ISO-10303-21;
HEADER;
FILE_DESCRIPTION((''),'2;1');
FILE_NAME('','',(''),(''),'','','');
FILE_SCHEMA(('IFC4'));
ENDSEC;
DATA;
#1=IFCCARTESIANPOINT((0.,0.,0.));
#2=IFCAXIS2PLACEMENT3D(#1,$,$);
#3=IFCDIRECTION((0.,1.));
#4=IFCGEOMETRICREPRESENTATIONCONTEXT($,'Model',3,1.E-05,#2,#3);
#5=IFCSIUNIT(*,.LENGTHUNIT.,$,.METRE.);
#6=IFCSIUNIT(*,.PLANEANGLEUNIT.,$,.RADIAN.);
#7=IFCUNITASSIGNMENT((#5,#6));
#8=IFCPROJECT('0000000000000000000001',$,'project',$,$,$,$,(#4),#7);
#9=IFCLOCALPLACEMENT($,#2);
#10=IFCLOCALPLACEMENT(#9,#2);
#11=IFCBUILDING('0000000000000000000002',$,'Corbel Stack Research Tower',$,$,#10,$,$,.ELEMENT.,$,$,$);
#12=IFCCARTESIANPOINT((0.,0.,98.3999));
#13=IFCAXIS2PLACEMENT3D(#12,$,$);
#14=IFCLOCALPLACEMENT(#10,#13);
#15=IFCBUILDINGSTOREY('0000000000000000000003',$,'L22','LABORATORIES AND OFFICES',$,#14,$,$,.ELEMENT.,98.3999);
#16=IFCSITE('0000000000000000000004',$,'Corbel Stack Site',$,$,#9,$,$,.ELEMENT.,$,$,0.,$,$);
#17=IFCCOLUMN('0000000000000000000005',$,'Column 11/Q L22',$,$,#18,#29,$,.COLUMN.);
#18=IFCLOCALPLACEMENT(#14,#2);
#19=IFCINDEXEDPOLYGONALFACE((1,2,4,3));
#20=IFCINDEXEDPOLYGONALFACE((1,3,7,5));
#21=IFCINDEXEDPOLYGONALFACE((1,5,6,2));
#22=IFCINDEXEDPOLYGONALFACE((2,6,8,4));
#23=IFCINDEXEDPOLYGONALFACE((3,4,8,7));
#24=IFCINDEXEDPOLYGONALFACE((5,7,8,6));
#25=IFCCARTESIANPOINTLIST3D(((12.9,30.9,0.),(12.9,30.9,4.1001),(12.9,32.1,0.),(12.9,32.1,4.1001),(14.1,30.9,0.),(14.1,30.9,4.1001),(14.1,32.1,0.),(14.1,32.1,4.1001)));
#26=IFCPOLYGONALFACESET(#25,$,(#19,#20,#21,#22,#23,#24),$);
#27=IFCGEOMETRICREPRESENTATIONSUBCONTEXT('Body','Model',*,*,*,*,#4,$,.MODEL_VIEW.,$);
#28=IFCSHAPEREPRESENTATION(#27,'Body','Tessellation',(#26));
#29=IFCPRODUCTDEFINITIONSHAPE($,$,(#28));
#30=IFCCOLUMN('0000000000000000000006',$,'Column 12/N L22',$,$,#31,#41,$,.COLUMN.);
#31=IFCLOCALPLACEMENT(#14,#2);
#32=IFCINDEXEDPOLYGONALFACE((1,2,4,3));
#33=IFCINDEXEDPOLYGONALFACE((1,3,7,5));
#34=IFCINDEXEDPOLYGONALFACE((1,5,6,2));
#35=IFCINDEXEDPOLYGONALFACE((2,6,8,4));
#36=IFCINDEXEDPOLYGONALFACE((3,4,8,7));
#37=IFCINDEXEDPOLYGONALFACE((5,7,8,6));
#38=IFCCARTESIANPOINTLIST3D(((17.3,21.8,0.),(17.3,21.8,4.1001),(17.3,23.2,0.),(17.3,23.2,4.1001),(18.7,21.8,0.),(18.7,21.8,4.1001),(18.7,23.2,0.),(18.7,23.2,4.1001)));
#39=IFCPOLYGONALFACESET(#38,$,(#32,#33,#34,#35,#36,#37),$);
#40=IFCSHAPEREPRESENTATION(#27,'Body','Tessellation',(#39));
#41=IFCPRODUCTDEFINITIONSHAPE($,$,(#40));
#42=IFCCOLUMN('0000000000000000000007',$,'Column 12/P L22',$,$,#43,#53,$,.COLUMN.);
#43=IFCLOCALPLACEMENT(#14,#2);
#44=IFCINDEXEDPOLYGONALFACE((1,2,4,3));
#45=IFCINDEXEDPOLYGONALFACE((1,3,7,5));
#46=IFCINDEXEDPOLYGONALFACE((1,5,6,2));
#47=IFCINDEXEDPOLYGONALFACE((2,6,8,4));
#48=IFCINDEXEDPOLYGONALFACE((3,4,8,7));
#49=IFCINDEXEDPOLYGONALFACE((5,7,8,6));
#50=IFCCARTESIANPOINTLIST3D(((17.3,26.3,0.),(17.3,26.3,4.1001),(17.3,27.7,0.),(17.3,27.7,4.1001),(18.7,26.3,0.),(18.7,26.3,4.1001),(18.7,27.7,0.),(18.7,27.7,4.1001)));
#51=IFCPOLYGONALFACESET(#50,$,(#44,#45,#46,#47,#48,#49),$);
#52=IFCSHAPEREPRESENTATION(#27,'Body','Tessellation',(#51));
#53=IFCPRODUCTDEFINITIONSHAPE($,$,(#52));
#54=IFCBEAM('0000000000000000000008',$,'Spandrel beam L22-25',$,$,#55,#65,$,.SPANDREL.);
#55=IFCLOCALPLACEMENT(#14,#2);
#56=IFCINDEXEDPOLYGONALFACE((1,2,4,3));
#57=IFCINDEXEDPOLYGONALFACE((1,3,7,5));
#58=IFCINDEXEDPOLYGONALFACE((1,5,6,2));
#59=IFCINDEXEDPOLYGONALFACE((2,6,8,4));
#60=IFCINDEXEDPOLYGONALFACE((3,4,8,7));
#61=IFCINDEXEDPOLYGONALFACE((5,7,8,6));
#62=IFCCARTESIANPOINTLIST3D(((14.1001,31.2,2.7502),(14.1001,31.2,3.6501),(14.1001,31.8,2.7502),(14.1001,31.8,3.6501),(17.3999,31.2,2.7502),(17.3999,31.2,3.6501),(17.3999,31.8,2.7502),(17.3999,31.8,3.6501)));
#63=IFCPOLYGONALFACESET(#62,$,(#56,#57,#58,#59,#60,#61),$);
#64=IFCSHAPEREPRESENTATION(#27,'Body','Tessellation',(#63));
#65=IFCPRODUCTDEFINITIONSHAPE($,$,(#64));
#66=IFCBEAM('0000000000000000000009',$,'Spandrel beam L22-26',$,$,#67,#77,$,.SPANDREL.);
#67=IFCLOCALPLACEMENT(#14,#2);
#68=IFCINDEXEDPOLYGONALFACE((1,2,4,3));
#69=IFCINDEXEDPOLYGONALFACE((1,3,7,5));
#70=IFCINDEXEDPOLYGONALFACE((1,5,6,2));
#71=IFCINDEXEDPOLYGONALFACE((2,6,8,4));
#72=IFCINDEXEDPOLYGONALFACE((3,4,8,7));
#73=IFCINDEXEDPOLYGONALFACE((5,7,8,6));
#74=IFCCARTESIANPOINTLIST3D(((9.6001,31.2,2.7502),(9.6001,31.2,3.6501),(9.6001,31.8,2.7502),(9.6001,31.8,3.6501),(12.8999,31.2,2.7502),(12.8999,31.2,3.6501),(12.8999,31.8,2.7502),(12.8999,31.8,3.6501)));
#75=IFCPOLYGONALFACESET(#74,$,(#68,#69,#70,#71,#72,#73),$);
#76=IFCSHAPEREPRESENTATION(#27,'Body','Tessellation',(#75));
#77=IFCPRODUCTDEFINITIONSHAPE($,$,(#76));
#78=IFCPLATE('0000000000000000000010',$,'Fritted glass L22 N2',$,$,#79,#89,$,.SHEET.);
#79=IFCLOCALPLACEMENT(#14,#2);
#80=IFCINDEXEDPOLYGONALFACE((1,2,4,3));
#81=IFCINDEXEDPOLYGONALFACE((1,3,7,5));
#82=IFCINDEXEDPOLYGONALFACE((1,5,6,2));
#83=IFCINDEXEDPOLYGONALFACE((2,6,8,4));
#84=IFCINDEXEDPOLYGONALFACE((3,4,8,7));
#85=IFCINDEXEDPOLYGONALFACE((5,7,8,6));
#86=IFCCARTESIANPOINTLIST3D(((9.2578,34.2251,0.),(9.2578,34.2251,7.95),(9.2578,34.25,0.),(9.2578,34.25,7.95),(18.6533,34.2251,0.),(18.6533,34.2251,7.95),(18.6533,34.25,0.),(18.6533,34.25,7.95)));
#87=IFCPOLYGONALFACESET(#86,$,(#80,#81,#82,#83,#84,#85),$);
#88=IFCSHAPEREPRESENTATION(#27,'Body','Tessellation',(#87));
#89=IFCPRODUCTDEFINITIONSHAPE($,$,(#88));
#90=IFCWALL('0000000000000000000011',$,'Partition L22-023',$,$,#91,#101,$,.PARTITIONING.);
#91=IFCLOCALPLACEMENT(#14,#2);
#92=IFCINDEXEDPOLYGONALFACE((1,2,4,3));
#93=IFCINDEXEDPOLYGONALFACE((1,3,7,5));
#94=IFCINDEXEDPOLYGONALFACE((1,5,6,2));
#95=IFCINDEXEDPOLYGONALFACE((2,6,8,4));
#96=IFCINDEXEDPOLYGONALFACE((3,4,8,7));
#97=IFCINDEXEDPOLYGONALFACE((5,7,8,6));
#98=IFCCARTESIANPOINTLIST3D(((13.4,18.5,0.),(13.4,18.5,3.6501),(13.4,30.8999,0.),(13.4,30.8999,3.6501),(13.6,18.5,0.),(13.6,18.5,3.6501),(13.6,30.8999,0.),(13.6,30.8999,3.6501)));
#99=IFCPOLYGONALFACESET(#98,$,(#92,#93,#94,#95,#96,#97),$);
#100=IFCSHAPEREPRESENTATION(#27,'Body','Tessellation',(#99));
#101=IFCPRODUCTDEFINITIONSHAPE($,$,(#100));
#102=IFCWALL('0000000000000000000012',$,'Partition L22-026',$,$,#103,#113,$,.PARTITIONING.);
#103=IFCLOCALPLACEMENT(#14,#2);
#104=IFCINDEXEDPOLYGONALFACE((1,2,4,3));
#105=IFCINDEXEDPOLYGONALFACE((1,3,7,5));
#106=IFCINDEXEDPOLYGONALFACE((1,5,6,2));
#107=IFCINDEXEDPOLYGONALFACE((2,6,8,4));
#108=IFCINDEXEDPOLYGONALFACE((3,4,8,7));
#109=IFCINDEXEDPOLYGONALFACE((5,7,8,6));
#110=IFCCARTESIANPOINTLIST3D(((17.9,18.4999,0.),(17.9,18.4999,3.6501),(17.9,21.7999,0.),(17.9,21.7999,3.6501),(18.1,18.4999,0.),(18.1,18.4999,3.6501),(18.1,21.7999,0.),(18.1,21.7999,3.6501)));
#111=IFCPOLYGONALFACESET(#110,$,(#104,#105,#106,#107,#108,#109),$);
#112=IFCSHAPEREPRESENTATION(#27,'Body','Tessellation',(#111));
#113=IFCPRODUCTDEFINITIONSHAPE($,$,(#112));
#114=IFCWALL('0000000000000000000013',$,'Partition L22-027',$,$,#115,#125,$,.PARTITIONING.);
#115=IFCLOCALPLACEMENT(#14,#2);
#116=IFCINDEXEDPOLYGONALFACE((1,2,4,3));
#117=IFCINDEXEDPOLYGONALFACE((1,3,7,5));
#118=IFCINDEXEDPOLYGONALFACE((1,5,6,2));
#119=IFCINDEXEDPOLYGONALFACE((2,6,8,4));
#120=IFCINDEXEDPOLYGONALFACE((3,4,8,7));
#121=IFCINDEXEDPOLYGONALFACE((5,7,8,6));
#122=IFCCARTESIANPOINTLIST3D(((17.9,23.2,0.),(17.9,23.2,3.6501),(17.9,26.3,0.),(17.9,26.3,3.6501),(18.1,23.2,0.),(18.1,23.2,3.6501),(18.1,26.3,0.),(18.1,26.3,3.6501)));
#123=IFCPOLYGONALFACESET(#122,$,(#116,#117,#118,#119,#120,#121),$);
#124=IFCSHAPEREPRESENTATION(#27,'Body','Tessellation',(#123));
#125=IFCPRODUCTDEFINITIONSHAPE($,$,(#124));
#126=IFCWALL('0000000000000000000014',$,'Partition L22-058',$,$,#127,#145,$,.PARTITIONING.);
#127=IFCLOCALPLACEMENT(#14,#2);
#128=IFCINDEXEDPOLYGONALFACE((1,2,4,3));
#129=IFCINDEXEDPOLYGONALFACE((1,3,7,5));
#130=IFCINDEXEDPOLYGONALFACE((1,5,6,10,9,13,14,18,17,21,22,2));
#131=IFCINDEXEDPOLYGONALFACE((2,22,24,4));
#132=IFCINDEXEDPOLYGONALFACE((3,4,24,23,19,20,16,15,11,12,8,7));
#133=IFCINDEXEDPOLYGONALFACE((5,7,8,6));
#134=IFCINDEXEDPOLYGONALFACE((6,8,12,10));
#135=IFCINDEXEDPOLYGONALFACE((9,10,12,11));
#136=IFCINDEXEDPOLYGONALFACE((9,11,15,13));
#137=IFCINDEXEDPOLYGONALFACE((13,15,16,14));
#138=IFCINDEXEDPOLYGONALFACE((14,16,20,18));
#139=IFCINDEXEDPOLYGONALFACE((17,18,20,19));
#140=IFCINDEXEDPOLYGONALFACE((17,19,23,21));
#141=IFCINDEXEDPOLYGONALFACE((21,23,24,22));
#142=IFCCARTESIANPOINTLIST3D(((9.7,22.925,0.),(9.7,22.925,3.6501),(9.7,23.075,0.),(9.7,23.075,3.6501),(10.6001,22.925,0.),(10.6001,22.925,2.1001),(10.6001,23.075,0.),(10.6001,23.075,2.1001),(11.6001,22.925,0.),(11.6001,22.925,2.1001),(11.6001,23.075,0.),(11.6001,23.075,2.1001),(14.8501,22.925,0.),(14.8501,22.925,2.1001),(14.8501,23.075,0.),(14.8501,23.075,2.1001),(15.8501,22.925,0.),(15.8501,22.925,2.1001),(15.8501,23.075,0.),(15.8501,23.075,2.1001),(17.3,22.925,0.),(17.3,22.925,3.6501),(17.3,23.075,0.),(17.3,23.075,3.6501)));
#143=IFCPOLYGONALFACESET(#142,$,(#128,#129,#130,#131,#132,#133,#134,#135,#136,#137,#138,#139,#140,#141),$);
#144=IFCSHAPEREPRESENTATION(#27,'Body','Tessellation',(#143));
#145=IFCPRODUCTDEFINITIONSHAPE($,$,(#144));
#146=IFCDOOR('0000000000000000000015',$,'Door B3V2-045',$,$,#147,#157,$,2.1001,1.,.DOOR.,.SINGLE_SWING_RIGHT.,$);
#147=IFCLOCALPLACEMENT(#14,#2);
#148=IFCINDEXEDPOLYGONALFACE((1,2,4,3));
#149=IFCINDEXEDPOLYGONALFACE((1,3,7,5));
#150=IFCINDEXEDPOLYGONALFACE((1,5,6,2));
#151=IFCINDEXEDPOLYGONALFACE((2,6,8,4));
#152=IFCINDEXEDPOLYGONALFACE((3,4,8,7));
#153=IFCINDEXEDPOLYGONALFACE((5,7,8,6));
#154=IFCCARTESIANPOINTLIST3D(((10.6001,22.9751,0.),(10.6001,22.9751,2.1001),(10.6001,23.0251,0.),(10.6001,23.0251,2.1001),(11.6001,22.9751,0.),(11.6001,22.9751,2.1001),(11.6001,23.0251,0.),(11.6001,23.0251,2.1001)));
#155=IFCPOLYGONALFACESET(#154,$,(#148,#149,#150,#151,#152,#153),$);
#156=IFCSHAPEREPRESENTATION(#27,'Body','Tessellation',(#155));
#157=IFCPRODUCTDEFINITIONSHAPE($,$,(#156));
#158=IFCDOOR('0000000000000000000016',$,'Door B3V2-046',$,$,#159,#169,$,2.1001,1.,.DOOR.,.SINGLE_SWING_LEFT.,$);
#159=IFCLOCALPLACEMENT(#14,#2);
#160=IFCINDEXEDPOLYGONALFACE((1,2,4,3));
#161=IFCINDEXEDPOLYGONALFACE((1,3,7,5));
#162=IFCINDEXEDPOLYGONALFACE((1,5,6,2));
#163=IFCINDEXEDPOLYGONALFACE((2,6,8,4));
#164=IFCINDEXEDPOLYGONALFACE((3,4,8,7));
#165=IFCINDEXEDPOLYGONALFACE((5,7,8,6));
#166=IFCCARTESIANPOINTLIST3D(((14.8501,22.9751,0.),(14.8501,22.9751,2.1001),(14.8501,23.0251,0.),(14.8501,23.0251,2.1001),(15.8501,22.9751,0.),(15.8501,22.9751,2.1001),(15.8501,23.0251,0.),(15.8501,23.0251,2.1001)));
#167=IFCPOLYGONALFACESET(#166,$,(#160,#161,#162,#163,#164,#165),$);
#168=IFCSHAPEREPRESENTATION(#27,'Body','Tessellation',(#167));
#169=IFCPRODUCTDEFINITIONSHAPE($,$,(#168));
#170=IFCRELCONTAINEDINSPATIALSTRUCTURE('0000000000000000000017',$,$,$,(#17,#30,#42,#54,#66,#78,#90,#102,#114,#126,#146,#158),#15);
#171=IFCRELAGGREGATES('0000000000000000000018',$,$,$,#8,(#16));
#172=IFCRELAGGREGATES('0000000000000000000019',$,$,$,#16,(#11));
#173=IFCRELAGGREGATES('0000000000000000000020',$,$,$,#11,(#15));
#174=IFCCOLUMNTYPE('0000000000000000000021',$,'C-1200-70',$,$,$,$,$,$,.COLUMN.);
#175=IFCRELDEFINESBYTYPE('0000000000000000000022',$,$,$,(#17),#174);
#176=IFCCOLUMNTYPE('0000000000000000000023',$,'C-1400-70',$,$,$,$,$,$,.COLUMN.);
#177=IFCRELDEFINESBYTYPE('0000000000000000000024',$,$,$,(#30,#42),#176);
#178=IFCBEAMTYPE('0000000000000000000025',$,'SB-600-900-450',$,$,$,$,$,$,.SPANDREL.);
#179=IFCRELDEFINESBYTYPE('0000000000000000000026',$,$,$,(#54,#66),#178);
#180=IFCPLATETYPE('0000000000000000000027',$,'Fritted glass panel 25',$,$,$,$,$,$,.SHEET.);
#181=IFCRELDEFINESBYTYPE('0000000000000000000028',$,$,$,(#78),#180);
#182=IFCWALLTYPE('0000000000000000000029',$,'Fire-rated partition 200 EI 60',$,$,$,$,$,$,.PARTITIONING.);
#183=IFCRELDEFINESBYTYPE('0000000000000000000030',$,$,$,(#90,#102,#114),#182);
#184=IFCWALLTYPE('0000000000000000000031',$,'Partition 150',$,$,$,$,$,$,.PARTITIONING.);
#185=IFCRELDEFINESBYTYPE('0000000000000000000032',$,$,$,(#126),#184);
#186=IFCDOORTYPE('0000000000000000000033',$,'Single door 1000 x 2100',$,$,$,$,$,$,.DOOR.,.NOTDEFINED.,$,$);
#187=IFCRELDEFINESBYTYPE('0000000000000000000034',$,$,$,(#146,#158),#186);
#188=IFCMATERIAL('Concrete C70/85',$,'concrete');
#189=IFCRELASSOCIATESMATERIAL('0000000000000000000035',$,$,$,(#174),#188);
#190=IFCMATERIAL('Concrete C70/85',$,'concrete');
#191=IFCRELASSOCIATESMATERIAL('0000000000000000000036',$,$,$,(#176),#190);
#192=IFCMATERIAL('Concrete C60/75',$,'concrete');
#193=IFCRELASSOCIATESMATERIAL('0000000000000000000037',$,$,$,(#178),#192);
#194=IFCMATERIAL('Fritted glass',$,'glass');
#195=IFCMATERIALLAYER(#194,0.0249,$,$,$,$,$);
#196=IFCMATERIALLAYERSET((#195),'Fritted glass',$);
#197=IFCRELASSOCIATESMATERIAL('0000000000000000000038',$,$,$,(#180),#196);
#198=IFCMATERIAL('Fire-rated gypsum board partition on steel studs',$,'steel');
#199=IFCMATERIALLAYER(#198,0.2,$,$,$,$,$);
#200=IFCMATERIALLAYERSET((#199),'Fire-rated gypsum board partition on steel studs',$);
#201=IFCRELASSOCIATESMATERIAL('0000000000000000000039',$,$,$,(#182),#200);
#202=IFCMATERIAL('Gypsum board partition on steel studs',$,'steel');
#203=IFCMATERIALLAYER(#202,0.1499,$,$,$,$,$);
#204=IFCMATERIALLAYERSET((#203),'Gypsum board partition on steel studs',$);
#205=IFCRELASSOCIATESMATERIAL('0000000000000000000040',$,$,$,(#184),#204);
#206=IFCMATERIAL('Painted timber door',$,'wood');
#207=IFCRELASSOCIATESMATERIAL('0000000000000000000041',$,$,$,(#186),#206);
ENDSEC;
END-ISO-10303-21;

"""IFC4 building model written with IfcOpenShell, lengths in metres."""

from ifc_helpers import new_model, si_unit, direction, frame, frame_2d, origin, origin_2d, place, context, subcontext, project, spatial, rectangle, extrude, material, layer, layer_set, material_profile, profile_set, type_object, element, fill, save


model = new_model("IFC4")

# Units and contexts
model_context = context("Model", 3, precision=1e-05, world=origin(), true_north=direction((0.0, 1.0)))
body_context = subcontext(model_context, "Body", "Model", "MODEL_VIEW")
ifc_project = project(units=[si_unit("LENGTHUNIT", "METRE"), si_unit("PLANEANGLEUNIT", "RADIAN")], contexts=[model_context])

# Site, building, storey
site_placement = place(None, origin())
site = spatial("IfcSite", under=ifc_project, at=site_placement, Name="Corbel Stack Site", CompositionType="ELEMENT", RefElevation=0.0)
building_placement = place(site_placement, origin())
building = spatial("IfcBuilding", under=site, at=building_placement, Name="Corbel Stack Research Tower", CompositionType="ELEMENT")
storey_placement = place(building_placement, frame((0.0, 0.0, 98.3999)))
storey = spatial("IfcBuildingStorey", under=building, at=storey_placement, Name="L22", Description="LABORATORIES AND OFFICES", CompositionType="ELEMENT", Elevation=98.3999)

# Columns
ifc_material_1 = material(Name="Concrete C70/85", Category="concrete")
ifc_material_profile_1 = material_profile(ifc_material_1, rectangle(XDim=1.2, YDim=1.2, at=origin_2d()), Name="RC 1200 x 1200")
ifc_profile_set_1 = profile_set([ifc_material_profile_1], Name="Concrete C70/85")
column_type_1 = type_object("IfcColumnType", Name="C-1200-70", PredefinedType="COLUMN", material=ifc_profile_set_1)
column_placement = place(storey_placement, frame((13.5, 31.5, 0.0), z_axis=(0.0, 0.0, 1.0), x_axis=(1.0, 0.0, 0.0)))
element("IfcColumn", 1, at=column_placement, inside=storey, type_object=column_type_1, Name="Column 11/Q L22", PredefinedType="COLUMN", context=body_context, shape_type="SweptSolid", body=[
    extrude(rectangle(XDim=1.2, YDim=1.2, at=origin_2d()), origin(), (0.0, 0.0, 1.0), 4.1001),
])
ifc_material_2 = material(Name="Concrete C70/85", Category="concrete")
ifc_material_profile_2 = material_profile(ifc_material_2, rectangle(XDim=1.3999, YDim=1.3999, at=origin_2d()), Name="RC 1400 x 1400")
ifc_profile_set_2 = profile_set([ifc_material_profile_2], Name="Concrete C70/85")
column_type_2 = type_object("IfcColumnType", Name="C-1400-70", PredefinedType="COLUMN", material=ifc_profile_set_2)
for number, where, z_axis, x_axis, name in (
    (2, (18.0, 22.5, 0.0), (0.0, 0.0, 1.0), (1.0, 0.0, 0.0), "Column 12/N L22"),
    (3, (18.0, 27.0, 0.0), (0.0, 0.0, 1.0), (1.0, 0.0, 0.0), "Column 12/P L22"),
):
    element("IfcColumn", number, at=place(storey_placement, frame(where, z_axis=z_axis, x_axis=x_axis)), inside=storey, type_object=column_type_2, Name=name, PredefinedType="COLUMN", context=body_context, shape_type="SweptSolid", body=[
        extrude(rectangle(XDim=1.3999, YDim=1.3999, at=origin_2d()), origin(), (0.0, 0.0, 1.0), 4.1001),
    ])

# Beams
ifc_material_3 = material(Name="Concrete C60/75", Category="concrete")
ifc_material_profile_3 = material_profile(ifc_material_3, rectangle(XDim=0.6001, YDim=0.8999, at=origin_2d()), Name="RC 600 x 900")
ifc_profile_set_3 = profile_set([ifc_material_profile_3], Name="Concrete C60/75")
beam_type = type_object("IfcBeamType", Name="SB-600-900-450", PredefinedType="SPANDREL", material=ifc_profile_set_3)
for number, where, z_axis, x_axis, name in (
    (4, (17.3999, 31.5, 3.2002), (-1.0, 0.0, 0.0), (0.0, -1.0, 0.0), "Spandrel beam L22-25"),
    (5, (12.8999, 31.5, 3.2002), (-1.0, 0.0, 0.0), (0.0, -1.0, 0.0), "Spandrel beam L22-26"),
):
    element("IfcBeam", number, at=place(storey_placement, frame(where, z_axis=z_axis, x_axis=x_axis)), inside=storey, type_object=beam_type, Name=name, PredefinedType="SPANDREL", context=body_context, shape_type="SweptSolid", body=[
        extrude(rectangle(XDim=0.6001, YDim=0.8999, at=origin_2d()), origin(), (0.0, 0.0, 1.0), 3.2998),
    ])

# Plate
ifc_material_4 = material(Name="Fritted glass", Category="glass")
ifc_layer_1 = layer(ifc_material_4, 0.0249)
ifc_layer_set_1 = layer_set([ifc_layer_1], Name="Fritted glass")
plate_type = type_object("IfcPlateType", Name="Fritted glass panel 25", PredefinedType="SHEET", material=ifc_layer_set_1)
plate_placement = place(storey_placement, frame((13.9556, 34.2375, 0.0), z_axis=(0.0, 0.0, 1.0), x_axis=(-1.0, 0.0, 0.0)))
element("IfcPlate", 6, at=plate_placement, inside=storey, type_object=plate_type, Name="Fritted glass L22 N2", PredefinedType="SHEET", context=body_context, shape_type="SweptSolid", body=[
    extrude(rectangle(XDim=9.3955, YDim=0.0249, at=origin_2d()), origin(), (0.0, 0.0, 1.0), 7.95),
])

# Walls
ifc_material_5 = material(Name="Fire-rated gypsum board partition on steel studs", Category="steel")
ifc_layer_2 = layer(ifc_material_5, 0.2)
ifc_layer_set_2 = layer_set([ifc_layer_2], Name="Fire-rated gypsum board partition on steel studs")
wall_type_1 = type_object("IfcWallType", Name="Fire-rated partition 200 EI 60", PredefinedType="PARTITIONING", material=ifc_layer_set_2)
wall_1_placement = place(storey_placement, frame((13.5, 18.5, 0.0), z_axis=(0.0, 0.0, 1.0), x_axis=(0.0, 1.0, 0.0)))
element("IfcWall", 7, at=wall_1_placement, inside=storey, type_object=wall_type_1, Name="Partition L22-023", PredefinedType="PARTITIONING", context=body_context, shape_type="SweptSolid", body=[
    extrude(rectangle(XDim=12.3999, YDim=0.2, at=frame_2d((6.2, 0.0))), origin(), (0.0, 0.0, 1.0), 3.6501),
])
wall_2_placement = place(storey_placement, frame((18.0, 18.5, 0.0), z_axis=(0.0, 0.0, 1.0), x_axis=(0.0, 1.0, 0.0)))
element("IfcWall", 8, at=wall_2_placement, inside=storey, type_object=wall_type_1, Name="Partition L22-026", PredefinedType="PARTITIONING", context=body_context, shape_type="SweptSolid", body=[
    extrude(rectangle(XDim=3.3, YDim=0.2, at=frame_2d((1.6499, 0.0))), origin(), (0.0, 0.0, 1.0), 3.6501),
])
wall_3_placement = place(storey_placement, frame((18.0, 23.2, 0.0), z_axis=(0.0, 0.0, 1.0), x_axis=(0.0, 1.0, 0.0)))
element("IfcWall", 9, at=wall_3_placement, inside=storey, type_object=wall_type_1, Name="Partition L22-027", PredefinedType="PARTITIONING", context=body_context, shape_type="SweptSolid", body=[
    extrude(rectangle(XDim=3.1001, YDim=0.2, at=frame_2d((1.55, 0.0))), origin(), (0.0, 0.0, 1.0), 3.6501),
])

# Wall, openings, doors
ifc_material_6 = material(Name="Gypsum board partition on steel studs", Category="steel")
ifc_layer_3 = layer(ifc_material_6, 0.1499)
ifc_layer_set_3 = layer_set([ifc_layer_3], Name="Gypsum board partition on steel studs")
wall_type_2 = type_object("IfcWallType", Name="Partition 150", PredefinedType="PARTITIONING", material=ifc_layer_set_3)
wall_4_placement = place(storey_placement, frame((17.3, 23.0, 0.0), z_axis=(0.0, 0.0, 1.0), x_axis=(-1.0, 0.0, 0.0)))
wall_4 = element("IfcWall", 10, at=wall_4_placement, inside=storey, type_object=wall_type_2, Name="Partition L22-058", PredefinedType="PARTITIONING", context=body_context, shape_type="SweptSolid", body=[
    extrude(rectangle(XDim=7.6001, YDim=0.1499, at=frame_2d((3.8, 0.0))), origin(), (0.0, 0.0, 1.0), 3.6501),
])
opening_1_placement = place(wall_4_placement, frame((5.7, 0.0, 0.0)))
opening_1 = element("IfcOpeningElement", 11, at=opening_1_placement, cuts=wall_4, PredefinedType="OPENING", context=body_context, shape_type="SweptSolid", body=[
    extrude(rectangle(XDim=1.0, YDim=2.1001, at=frame_2d((0.5, 1.05))), frame((0.0, 0.085, 0.0), z_axis=(0.0, -1.0, 0.0), x_axis=(1.0, 0.0, 0.0)), (0.0, 0.0, 1.0), 0.1699),
])
opening_2_placement = place(wall_4_placement, frame((1.45, 0.0, 0.0)))
opening_2 = element("IfcOpeningElement", 12, at=opening_2_placement, cuts=wall_4, PredefinedType="OPENING", context=body_context, shape_type="SweptSolid", body=[
    extrude(rectangle(XDim=1.0, YDim=2.1001, at=frame_2d((0.5, 1.05))), frame((0.0, 0.085, 0.0), z_axis=(0.0, -1.0, 0.0), x_axis=(1.0, 0.0, 0.0)), (0.0, 0.0, 1.0), 0.1699),
])
ifc_material_7 = material(Name="Painted timber door", Category="wood")
door_type = type_object("IfcDoorType", Name="Single door 1000 x 2100", OperationType="NOTDEFINED", PredefinedType="DOOR", material=ifc_material_7)
door_1_placement = place(opening_1_placement, origin())
door_1 = element("IfcDoor", 13, at=door_1_placement, inside=storey, type_object=door_type, Name="Door B3V2-045", OperationType="SINGLE_SWING_RIGHT", OverallHeight=2.1001, OverallWidth=1.0, PredefinedType="DOOR", context=body_context, shape_type="SweptSolid", body=[
    extrude(rectangle(XDim=1.0, YDim=2.1001, at=frame_2d((0.5, 1.05))), frame((0.0, 0.0249, 0.0), z_axis=(0.0, -1.0, 0.0), x_axis=(1.0, 0.0, 0.0)), (0.0, 0.0, 1.0), 0.05),
])
fill(opening_1, door_1)
door_2_placement = place(opening_2_placement, origin())
door_2 = element("IfcDoor", 14, at=door_2_placement, inside=storey, type_object=door_type, Name="Door B3V2-046", OperationType="SINGLE_SWING_LEFT", OverallHeight=2.1001, OverallWidth=1.0, PredefinedType="DOOR", context=body_context, shape_type="SweptSolid", body=[
    extrude(rectangle(XDim=1.0, YDim=2.1001, at=frame_2d((0.5, 1.05))), frame((0.0, 0.0249, 0.0), z_axis=(0.0, -1.0, 0.0), x_axis=(1.0, 0.0, 0.0)), (0.0, 0.0, 1.0), 0.05),
])
fill(opening_2, door_2)

save(model, "model.ifc")
